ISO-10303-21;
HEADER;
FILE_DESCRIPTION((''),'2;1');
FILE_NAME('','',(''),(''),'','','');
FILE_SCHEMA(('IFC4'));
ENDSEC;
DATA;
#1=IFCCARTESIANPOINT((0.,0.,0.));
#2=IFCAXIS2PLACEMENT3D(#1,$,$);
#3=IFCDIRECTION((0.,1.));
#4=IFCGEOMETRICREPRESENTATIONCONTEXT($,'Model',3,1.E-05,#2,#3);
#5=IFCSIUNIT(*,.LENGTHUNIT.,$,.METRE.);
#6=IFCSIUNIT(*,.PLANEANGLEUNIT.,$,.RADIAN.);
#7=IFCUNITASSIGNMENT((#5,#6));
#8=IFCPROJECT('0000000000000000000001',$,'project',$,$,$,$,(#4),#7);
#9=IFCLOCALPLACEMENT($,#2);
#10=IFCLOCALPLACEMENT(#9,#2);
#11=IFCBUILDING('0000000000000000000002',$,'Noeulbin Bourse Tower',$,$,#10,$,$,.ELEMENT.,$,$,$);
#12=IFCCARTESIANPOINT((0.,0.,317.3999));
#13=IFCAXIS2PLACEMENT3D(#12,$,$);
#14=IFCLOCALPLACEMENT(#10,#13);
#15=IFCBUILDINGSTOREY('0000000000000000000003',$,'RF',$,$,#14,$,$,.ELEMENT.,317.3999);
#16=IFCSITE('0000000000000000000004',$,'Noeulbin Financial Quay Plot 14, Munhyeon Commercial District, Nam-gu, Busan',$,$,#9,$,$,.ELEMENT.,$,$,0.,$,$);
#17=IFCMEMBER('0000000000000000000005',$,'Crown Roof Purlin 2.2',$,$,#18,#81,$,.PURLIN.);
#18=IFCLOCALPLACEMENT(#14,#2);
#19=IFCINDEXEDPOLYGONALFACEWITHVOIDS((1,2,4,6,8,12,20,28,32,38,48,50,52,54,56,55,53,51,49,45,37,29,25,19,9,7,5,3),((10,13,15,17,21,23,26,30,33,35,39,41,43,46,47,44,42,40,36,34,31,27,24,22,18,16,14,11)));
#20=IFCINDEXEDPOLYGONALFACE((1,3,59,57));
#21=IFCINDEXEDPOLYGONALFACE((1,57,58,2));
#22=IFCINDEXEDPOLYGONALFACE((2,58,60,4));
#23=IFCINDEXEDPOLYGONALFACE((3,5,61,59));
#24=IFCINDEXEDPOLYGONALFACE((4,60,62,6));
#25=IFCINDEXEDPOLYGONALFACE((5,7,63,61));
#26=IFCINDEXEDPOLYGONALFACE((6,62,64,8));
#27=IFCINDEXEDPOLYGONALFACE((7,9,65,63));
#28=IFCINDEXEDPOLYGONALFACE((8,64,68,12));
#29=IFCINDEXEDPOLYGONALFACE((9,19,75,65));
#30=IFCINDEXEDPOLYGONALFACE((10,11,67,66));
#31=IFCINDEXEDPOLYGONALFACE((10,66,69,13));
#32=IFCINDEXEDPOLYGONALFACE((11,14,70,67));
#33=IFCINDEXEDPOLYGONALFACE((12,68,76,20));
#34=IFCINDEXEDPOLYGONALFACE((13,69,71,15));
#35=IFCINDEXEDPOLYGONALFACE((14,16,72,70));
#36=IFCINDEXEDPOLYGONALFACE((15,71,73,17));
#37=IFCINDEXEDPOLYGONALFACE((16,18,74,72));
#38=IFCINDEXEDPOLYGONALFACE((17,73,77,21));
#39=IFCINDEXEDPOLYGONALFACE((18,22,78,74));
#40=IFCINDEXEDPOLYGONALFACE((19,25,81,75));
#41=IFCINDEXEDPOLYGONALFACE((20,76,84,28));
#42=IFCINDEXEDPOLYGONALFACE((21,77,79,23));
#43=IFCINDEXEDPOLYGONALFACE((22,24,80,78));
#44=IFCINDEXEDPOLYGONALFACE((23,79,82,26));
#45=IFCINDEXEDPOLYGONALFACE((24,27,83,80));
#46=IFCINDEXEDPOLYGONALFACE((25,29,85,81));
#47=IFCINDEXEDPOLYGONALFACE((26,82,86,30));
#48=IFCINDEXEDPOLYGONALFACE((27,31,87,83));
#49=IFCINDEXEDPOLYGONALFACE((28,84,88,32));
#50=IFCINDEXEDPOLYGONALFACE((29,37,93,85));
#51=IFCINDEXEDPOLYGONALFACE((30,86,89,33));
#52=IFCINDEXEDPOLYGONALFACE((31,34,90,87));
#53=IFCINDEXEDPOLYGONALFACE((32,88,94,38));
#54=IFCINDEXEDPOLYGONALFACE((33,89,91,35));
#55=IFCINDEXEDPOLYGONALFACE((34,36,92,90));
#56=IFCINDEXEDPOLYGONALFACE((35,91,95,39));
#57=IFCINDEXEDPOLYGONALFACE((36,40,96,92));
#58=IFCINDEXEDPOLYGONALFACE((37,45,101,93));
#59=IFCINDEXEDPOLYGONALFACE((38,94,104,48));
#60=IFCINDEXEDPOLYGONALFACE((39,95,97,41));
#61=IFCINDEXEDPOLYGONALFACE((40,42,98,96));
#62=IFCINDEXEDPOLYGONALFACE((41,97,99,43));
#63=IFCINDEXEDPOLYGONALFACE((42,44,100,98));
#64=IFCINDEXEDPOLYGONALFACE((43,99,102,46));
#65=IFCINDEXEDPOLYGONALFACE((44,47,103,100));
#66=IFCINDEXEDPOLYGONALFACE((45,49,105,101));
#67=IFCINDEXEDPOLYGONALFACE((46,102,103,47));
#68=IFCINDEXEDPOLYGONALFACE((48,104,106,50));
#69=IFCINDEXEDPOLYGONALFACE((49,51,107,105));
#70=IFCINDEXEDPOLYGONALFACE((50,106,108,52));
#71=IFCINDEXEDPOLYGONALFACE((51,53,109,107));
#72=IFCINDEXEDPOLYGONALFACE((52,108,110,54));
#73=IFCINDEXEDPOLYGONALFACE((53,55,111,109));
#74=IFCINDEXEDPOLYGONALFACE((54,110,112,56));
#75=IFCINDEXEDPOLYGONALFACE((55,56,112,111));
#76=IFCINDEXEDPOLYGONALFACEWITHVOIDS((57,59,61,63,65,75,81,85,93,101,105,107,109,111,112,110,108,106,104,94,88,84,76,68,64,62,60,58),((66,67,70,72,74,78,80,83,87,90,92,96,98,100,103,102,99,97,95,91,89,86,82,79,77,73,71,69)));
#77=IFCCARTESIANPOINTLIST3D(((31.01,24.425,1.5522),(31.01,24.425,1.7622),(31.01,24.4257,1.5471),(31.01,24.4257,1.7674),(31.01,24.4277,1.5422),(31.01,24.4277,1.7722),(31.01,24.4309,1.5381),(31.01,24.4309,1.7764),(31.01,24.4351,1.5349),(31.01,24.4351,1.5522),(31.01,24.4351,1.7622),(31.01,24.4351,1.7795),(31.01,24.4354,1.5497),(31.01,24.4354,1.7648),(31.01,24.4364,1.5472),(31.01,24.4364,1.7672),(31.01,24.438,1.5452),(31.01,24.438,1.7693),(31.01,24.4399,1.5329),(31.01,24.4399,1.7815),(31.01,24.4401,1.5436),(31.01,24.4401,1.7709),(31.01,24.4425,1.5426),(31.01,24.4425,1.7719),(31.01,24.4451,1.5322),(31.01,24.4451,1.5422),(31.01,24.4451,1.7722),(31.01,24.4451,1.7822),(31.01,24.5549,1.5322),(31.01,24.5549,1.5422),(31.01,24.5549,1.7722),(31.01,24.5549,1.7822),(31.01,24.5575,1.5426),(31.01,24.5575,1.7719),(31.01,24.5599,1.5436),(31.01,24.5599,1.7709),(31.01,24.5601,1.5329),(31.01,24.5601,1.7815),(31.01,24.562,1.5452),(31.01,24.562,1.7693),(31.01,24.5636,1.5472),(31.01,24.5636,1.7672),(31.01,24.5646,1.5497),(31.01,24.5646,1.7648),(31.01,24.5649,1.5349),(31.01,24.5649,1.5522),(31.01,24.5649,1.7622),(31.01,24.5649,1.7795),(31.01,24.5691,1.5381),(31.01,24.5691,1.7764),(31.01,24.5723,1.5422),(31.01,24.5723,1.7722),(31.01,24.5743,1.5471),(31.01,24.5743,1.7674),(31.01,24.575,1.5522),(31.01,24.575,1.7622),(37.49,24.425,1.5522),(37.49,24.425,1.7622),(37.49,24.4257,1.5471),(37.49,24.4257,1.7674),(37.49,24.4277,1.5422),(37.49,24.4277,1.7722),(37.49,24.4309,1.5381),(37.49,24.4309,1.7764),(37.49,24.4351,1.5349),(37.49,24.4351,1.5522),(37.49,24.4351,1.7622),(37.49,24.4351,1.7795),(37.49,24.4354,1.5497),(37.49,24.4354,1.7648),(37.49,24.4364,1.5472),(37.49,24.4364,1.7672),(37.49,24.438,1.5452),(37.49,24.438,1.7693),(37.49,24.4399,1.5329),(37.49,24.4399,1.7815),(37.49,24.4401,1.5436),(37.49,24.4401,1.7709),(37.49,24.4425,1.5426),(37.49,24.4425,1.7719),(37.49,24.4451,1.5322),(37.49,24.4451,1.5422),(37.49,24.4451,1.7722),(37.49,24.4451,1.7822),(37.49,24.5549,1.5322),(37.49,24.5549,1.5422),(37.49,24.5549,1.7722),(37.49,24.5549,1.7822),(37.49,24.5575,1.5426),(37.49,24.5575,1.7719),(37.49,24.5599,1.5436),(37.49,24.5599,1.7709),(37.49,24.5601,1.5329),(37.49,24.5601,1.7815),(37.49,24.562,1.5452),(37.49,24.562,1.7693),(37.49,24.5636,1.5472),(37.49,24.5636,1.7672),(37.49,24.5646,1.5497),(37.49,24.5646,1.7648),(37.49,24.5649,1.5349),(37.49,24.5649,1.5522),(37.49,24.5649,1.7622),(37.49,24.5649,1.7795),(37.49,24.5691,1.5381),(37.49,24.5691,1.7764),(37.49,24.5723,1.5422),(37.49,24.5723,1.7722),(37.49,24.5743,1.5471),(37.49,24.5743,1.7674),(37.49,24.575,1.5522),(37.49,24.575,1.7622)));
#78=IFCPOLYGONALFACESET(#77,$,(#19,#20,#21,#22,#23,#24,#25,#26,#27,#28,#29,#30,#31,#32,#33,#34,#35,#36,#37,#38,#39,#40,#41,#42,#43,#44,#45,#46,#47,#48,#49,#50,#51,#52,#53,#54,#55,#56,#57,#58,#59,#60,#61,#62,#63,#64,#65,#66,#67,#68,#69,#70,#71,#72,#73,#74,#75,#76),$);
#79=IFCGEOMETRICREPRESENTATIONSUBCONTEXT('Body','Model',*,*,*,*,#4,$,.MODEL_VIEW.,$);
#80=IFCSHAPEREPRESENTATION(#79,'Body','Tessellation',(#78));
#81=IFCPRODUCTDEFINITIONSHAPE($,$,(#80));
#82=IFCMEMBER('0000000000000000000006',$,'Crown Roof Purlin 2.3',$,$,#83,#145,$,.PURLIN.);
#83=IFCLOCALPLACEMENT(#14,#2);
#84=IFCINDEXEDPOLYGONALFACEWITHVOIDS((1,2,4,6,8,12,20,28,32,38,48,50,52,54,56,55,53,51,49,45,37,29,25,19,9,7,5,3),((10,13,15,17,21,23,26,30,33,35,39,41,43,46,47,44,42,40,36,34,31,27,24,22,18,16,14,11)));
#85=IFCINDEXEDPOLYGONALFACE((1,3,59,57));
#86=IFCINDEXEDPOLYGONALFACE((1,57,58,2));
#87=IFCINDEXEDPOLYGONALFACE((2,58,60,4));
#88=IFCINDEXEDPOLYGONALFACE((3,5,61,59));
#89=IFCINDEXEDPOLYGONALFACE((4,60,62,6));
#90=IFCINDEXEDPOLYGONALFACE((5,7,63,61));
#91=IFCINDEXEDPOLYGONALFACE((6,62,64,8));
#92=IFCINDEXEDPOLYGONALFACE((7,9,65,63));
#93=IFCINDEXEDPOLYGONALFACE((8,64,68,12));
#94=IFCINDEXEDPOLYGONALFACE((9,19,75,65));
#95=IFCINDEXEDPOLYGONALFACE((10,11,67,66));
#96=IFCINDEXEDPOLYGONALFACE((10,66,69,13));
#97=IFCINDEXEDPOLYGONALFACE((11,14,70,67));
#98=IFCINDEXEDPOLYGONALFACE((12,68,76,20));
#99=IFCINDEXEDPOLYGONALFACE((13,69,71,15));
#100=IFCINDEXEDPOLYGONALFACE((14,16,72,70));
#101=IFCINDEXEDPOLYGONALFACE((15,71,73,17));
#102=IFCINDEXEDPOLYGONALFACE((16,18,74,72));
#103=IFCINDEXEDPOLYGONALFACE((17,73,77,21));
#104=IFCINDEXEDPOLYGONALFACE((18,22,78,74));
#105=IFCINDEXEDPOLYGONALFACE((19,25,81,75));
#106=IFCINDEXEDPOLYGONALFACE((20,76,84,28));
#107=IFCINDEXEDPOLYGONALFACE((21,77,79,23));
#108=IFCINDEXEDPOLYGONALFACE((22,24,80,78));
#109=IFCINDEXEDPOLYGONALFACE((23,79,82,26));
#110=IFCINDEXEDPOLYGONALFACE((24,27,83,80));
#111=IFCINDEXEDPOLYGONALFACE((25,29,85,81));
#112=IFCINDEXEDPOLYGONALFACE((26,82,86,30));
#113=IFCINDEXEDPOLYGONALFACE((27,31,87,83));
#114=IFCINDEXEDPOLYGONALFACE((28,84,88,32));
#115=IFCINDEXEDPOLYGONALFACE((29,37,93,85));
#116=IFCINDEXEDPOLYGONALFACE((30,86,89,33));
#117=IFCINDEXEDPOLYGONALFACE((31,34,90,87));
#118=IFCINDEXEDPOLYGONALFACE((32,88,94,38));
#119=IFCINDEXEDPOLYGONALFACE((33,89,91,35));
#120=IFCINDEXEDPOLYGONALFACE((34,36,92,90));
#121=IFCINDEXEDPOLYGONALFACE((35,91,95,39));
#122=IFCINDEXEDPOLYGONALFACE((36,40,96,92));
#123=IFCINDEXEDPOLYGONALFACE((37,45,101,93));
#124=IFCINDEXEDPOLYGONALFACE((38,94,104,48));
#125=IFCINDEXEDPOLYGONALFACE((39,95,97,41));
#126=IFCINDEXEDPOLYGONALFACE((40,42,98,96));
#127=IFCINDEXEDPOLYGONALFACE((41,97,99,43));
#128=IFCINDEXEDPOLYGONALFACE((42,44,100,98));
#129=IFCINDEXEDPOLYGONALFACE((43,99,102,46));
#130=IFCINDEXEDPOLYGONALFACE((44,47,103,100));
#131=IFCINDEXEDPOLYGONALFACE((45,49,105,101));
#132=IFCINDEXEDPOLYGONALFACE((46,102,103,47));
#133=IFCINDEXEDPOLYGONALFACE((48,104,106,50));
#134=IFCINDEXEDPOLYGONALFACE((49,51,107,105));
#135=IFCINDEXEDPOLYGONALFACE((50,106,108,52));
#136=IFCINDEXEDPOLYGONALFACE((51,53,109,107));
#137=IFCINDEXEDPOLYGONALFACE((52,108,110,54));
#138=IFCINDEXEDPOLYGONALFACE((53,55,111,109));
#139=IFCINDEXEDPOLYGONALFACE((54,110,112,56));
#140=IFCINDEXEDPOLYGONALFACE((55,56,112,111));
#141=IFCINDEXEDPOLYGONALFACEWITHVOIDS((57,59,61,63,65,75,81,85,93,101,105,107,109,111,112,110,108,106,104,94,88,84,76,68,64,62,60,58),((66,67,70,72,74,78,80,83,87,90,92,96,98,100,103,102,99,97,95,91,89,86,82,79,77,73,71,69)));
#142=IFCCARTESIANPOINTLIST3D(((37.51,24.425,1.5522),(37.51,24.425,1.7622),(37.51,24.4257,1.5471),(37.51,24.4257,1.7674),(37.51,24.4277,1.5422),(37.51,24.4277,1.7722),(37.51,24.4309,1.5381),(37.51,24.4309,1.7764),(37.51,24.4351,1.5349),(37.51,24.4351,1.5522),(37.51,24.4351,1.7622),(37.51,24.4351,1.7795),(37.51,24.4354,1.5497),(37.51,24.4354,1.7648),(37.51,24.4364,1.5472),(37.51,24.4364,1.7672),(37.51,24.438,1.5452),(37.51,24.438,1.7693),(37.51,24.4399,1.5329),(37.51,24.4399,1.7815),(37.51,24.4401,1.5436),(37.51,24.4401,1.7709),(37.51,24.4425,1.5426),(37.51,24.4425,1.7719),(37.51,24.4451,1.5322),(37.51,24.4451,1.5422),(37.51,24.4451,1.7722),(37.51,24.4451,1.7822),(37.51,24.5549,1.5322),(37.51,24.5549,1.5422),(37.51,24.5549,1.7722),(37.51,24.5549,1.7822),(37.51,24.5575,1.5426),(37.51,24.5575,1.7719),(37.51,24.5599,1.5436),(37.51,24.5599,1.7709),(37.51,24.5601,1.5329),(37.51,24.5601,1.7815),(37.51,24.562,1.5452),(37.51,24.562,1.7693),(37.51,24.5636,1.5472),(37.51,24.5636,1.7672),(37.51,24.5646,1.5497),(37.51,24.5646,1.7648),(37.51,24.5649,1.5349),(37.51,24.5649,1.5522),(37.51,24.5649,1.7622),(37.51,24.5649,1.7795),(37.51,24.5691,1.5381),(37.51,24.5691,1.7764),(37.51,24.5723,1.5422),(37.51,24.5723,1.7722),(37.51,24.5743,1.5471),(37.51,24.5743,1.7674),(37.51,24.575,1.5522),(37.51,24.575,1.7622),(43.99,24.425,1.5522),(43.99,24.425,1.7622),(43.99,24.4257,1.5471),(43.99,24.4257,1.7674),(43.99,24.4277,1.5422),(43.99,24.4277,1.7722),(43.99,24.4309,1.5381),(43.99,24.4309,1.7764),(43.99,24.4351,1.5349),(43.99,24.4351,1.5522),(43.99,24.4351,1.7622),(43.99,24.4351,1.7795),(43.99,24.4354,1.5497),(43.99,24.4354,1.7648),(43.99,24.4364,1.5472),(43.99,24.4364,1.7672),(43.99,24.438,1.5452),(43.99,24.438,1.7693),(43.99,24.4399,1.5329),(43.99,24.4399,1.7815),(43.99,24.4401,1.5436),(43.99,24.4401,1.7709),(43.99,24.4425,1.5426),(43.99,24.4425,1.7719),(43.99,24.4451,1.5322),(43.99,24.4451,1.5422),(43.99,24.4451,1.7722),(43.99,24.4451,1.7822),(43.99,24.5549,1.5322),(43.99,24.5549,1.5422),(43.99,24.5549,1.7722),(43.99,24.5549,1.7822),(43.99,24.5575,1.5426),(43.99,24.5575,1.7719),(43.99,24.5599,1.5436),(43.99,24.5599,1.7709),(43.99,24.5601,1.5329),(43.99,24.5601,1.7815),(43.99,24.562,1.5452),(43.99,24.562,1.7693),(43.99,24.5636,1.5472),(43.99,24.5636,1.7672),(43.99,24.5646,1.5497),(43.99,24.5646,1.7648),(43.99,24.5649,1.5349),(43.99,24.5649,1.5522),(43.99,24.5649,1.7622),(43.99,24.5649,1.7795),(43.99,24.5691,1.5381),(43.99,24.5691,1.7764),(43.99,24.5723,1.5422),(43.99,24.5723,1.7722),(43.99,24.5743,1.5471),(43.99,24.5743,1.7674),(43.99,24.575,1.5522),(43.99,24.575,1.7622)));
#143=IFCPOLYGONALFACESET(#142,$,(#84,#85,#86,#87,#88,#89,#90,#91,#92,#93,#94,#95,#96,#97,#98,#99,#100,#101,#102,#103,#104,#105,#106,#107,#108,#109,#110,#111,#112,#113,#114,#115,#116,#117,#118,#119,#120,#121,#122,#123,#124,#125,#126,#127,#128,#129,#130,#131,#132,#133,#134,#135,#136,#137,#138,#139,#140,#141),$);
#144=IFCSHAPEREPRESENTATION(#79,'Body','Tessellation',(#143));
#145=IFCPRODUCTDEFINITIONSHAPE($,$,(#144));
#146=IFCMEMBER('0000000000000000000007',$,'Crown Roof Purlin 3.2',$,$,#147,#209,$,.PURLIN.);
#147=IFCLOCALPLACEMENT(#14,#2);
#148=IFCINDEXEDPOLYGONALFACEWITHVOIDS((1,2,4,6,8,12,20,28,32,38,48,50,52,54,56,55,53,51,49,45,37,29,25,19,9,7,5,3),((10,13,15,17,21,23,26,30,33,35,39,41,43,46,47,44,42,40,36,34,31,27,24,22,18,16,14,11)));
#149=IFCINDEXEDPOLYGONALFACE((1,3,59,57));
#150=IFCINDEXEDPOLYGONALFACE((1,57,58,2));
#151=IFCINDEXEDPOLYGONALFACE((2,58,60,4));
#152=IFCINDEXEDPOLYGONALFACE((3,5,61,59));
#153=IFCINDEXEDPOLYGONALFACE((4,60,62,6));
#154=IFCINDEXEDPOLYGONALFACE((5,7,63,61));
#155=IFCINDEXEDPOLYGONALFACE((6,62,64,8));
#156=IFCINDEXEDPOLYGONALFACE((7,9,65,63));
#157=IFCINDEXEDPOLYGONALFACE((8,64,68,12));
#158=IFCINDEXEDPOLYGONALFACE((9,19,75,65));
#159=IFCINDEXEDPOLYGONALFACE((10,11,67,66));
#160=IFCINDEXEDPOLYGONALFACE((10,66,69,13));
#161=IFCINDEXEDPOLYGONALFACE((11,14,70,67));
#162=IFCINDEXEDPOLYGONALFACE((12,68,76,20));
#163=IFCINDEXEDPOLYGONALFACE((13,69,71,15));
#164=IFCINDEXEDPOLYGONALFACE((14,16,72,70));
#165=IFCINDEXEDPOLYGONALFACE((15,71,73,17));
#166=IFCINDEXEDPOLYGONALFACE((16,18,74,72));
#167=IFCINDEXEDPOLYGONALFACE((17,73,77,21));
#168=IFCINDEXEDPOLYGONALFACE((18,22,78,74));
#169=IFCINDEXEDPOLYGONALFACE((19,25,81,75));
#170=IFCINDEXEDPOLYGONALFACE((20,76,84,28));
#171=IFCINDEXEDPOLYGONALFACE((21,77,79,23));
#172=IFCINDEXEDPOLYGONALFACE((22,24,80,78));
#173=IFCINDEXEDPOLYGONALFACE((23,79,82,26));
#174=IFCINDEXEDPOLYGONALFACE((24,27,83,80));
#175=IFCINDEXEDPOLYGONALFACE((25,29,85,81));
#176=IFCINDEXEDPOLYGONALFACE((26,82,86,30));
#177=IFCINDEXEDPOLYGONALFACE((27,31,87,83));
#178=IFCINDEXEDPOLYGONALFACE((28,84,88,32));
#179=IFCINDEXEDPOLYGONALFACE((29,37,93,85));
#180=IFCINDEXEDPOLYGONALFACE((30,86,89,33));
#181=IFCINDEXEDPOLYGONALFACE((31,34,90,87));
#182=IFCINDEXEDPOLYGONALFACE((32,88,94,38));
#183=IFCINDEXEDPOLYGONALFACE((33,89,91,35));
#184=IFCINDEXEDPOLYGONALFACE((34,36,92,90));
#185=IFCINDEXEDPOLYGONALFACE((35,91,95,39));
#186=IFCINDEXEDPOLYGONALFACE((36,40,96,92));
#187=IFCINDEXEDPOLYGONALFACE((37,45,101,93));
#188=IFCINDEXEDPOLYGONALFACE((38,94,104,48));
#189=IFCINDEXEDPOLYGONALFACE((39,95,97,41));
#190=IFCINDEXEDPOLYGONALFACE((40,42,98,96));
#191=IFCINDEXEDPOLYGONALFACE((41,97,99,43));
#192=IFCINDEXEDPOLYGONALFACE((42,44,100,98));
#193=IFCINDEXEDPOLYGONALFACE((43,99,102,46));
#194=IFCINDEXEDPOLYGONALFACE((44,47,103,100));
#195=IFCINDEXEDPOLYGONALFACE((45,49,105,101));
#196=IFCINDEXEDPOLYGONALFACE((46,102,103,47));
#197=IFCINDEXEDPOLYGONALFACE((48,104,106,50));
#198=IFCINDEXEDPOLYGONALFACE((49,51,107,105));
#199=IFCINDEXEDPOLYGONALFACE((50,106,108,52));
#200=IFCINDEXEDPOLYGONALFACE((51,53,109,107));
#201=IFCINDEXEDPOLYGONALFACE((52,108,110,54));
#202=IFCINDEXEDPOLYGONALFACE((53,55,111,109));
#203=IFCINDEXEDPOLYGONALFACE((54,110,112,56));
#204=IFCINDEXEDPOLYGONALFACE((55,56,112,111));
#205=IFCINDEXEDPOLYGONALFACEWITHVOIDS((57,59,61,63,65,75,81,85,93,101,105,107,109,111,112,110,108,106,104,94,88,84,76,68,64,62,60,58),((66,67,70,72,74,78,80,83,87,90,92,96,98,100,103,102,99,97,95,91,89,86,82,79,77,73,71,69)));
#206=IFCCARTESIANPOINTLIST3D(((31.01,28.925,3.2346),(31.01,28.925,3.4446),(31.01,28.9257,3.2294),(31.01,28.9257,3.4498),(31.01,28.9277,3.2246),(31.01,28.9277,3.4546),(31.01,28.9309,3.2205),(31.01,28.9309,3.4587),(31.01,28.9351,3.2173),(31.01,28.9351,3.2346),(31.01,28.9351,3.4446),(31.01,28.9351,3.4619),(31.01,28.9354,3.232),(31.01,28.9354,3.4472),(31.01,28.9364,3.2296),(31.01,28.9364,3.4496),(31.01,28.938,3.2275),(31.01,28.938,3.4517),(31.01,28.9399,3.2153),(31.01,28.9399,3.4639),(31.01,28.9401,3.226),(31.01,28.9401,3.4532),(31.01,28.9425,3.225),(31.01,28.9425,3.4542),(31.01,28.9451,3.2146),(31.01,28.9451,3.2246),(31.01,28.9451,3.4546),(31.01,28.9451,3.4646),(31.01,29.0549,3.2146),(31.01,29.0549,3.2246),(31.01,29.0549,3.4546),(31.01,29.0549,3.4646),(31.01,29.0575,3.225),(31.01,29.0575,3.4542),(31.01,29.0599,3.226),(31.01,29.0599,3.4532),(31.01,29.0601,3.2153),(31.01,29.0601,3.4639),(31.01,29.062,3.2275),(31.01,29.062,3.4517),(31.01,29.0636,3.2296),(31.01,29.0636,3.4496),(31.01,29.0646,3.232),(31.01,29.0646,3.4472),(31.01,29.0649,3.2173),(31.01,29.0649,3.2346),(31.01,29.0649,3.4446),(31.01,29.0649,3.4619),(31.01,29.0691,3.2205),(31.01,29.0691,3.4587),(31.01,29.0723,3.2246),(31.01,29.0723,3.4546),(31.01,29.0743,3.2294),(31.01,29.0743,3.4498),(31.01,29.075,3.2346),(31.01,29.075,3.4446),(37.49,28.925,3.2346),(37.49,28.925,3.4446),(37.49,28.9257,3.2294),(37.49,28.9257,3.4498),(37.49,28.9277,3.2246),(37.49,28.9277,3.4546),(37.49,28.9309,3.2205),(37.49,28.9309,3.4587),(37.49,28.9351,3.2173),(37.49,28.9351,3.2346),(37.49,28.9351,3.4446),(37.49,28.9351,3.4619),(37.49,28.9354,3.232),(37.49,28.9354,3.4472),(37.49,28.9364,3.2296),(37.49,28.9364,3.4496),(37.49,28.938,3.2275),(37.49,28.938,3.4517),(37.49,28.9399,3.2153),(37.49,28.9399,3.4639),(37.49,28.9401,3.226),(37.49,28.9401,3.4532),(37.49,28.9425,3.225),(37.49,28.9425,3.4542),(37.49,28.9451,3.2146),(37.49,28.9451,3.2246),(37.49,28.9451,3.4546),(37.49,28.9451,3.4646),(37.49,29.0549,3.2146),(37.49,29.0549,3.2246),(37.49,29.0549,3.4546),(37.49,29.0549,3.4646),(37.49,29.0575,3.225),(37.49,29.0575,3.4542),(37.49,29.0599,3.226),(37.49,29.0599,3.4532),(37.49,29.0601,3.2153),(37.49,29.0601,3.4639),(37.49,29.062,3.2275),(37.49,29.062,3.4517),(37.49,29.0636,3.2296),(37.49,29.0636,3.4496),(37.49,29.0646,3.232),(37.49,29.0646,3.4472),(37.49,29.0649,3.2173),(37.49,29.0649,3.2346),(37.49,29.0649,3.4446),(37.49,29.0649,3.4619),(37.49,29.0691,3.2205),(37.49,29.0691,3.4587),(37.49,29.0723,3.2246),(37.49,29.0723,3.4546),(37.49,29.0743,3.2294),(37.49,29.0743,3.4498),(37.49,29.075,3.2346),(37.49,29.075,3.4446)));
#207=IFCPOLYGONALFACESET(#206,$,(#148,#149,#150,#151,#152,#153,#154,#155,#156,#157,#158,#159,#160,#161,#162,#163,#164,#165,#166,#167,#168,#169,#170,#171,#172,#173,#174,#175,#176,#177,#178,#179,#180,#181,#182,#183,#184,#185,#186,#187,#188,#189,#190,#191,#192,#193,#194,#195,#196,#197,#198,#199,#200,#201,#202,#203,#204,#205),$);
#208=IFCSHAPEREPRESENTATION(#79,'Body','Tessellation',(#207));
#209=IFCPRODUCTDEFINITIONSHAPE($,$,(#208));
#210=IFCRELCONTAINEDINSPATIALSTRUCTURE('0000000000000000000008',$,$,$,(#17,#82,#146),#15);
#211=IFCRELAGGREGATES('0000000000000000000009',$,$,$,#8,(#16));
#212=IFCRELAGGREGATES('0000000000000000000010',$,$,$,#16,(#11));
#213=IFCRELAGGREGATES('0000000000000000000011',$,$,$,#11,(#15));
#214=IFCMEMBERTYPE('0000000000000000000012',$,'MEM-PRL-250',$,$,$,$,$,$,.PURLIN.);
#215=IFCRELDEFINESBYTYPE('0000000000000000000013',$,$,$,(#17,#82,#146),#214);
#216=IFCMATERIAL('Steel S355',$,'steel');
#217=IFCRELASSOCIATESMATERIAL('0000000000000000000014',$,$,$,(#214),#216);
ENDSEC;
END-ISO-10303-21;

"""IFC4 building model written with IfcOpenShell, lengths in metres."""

from ifc_helpers import new_model, si_unit, direction, frame, origin, origin_2d, place, context, subcontext, project, spatial, hollow_rectangle, extrude, material, material_profile, profile_set, type_object, element, save


model = new_model("IFC4")

# Units and contexts
model_context = context("Model", 3, precision=1e-05, world=origin(), true_north=direction((0.0, 1.0)))
body_context = subcontext(model_context, "Body", "Model", "MODEL_VIEW")
ifc_project = project(units=[si_unit("LENGTHUNIT", "METRE"), si_unit("PLANEANGLEUNIT", "RADIAN")], contexts=[model_context])

# Site, building, storey
site_placement = place(None, origin())
site = spatial("IfcSite", under=ifc_project, at=site_placement, Name="Noeulbin Financial Quay Plot 14, Munhyeon Commercial District, Nam-gu, Busan", CompositionType="ELEMENT", RefElevation=0.0)
building_placement = place(site_placement, origin())
building = spatial("IfcBuilding", under=site, at=building_placement, Name="Noeulbin Bourse Tower", CompositionType="ELEMENT")
storey_placement = place(building_placement, frame((0.0, 0.0, 317.3999)))
storey = spatial("IfcBuildingStorey", under=building, at=storey_placement, Name="RF", CompositionType="ELEMENT", Elevation=317.3999)

# Shared definitions
ifc_material_1 = material(Name="Steel S355", Category="steel")

# Members
ifc_material_profile_1 = material_profile(ifc_material_1, hollow_rectangle(XDim=0.1499, YDim=0.25, WallThickness=0.01, InnerFilletRadius=0.01, OuterFilletRadius=0.02, at=origin_2d()), Name="RHS-250x150x10", Category="LoadBearing")
ifc_profile_set_1 = profile_set([ifc_material_profile_1], Name="Steel S355")
member_type_1 = type_object("IfcMemberType", Name="MEM-PRL-250", PredefinedType="PURLIN", material=ifc_profile_set_1)
for number, where, z_axis, x_axis, name in (
    (1, (31.01, 24.5, 1.6572), (1.0, 0.0, 0.0), (0.0, 1.0, 0.0), "Crown Roof Purlin 2.2"),
    (2, (37.51, 24.5, 1.6572), (1.0, 0.0, 0.0), (0.0, 1.0, 0.0), "Crown Roof Purlin 2.3"),
    (3, (31.01, 29.0, 3.3396), (1.0, 0.0, 0.0), (0.0, 1.0, 0.0), "Crown Roof Purlin 3.2"),
):
    element("IfcMember", number, at=place(storey_placement, frame(where, z_axis=z_axis, x_axis=x_axis)), inside=storey, type_object=member_type_1, Name=name, PredefinedType="PURLIN", context=body_context, shape_type="SweptSolid", body=[
        extrude(hollow_rectangle(XDim=0.1499, YDim=0.25, WallThickness=0.01, InnerFilletRadius=0.01, OuterFilletRadius=0.02, at=origin_2d()), origin(), (0.0, 0.0, 1.0), 6.48),
    ])

save(model, "model.ifc")
